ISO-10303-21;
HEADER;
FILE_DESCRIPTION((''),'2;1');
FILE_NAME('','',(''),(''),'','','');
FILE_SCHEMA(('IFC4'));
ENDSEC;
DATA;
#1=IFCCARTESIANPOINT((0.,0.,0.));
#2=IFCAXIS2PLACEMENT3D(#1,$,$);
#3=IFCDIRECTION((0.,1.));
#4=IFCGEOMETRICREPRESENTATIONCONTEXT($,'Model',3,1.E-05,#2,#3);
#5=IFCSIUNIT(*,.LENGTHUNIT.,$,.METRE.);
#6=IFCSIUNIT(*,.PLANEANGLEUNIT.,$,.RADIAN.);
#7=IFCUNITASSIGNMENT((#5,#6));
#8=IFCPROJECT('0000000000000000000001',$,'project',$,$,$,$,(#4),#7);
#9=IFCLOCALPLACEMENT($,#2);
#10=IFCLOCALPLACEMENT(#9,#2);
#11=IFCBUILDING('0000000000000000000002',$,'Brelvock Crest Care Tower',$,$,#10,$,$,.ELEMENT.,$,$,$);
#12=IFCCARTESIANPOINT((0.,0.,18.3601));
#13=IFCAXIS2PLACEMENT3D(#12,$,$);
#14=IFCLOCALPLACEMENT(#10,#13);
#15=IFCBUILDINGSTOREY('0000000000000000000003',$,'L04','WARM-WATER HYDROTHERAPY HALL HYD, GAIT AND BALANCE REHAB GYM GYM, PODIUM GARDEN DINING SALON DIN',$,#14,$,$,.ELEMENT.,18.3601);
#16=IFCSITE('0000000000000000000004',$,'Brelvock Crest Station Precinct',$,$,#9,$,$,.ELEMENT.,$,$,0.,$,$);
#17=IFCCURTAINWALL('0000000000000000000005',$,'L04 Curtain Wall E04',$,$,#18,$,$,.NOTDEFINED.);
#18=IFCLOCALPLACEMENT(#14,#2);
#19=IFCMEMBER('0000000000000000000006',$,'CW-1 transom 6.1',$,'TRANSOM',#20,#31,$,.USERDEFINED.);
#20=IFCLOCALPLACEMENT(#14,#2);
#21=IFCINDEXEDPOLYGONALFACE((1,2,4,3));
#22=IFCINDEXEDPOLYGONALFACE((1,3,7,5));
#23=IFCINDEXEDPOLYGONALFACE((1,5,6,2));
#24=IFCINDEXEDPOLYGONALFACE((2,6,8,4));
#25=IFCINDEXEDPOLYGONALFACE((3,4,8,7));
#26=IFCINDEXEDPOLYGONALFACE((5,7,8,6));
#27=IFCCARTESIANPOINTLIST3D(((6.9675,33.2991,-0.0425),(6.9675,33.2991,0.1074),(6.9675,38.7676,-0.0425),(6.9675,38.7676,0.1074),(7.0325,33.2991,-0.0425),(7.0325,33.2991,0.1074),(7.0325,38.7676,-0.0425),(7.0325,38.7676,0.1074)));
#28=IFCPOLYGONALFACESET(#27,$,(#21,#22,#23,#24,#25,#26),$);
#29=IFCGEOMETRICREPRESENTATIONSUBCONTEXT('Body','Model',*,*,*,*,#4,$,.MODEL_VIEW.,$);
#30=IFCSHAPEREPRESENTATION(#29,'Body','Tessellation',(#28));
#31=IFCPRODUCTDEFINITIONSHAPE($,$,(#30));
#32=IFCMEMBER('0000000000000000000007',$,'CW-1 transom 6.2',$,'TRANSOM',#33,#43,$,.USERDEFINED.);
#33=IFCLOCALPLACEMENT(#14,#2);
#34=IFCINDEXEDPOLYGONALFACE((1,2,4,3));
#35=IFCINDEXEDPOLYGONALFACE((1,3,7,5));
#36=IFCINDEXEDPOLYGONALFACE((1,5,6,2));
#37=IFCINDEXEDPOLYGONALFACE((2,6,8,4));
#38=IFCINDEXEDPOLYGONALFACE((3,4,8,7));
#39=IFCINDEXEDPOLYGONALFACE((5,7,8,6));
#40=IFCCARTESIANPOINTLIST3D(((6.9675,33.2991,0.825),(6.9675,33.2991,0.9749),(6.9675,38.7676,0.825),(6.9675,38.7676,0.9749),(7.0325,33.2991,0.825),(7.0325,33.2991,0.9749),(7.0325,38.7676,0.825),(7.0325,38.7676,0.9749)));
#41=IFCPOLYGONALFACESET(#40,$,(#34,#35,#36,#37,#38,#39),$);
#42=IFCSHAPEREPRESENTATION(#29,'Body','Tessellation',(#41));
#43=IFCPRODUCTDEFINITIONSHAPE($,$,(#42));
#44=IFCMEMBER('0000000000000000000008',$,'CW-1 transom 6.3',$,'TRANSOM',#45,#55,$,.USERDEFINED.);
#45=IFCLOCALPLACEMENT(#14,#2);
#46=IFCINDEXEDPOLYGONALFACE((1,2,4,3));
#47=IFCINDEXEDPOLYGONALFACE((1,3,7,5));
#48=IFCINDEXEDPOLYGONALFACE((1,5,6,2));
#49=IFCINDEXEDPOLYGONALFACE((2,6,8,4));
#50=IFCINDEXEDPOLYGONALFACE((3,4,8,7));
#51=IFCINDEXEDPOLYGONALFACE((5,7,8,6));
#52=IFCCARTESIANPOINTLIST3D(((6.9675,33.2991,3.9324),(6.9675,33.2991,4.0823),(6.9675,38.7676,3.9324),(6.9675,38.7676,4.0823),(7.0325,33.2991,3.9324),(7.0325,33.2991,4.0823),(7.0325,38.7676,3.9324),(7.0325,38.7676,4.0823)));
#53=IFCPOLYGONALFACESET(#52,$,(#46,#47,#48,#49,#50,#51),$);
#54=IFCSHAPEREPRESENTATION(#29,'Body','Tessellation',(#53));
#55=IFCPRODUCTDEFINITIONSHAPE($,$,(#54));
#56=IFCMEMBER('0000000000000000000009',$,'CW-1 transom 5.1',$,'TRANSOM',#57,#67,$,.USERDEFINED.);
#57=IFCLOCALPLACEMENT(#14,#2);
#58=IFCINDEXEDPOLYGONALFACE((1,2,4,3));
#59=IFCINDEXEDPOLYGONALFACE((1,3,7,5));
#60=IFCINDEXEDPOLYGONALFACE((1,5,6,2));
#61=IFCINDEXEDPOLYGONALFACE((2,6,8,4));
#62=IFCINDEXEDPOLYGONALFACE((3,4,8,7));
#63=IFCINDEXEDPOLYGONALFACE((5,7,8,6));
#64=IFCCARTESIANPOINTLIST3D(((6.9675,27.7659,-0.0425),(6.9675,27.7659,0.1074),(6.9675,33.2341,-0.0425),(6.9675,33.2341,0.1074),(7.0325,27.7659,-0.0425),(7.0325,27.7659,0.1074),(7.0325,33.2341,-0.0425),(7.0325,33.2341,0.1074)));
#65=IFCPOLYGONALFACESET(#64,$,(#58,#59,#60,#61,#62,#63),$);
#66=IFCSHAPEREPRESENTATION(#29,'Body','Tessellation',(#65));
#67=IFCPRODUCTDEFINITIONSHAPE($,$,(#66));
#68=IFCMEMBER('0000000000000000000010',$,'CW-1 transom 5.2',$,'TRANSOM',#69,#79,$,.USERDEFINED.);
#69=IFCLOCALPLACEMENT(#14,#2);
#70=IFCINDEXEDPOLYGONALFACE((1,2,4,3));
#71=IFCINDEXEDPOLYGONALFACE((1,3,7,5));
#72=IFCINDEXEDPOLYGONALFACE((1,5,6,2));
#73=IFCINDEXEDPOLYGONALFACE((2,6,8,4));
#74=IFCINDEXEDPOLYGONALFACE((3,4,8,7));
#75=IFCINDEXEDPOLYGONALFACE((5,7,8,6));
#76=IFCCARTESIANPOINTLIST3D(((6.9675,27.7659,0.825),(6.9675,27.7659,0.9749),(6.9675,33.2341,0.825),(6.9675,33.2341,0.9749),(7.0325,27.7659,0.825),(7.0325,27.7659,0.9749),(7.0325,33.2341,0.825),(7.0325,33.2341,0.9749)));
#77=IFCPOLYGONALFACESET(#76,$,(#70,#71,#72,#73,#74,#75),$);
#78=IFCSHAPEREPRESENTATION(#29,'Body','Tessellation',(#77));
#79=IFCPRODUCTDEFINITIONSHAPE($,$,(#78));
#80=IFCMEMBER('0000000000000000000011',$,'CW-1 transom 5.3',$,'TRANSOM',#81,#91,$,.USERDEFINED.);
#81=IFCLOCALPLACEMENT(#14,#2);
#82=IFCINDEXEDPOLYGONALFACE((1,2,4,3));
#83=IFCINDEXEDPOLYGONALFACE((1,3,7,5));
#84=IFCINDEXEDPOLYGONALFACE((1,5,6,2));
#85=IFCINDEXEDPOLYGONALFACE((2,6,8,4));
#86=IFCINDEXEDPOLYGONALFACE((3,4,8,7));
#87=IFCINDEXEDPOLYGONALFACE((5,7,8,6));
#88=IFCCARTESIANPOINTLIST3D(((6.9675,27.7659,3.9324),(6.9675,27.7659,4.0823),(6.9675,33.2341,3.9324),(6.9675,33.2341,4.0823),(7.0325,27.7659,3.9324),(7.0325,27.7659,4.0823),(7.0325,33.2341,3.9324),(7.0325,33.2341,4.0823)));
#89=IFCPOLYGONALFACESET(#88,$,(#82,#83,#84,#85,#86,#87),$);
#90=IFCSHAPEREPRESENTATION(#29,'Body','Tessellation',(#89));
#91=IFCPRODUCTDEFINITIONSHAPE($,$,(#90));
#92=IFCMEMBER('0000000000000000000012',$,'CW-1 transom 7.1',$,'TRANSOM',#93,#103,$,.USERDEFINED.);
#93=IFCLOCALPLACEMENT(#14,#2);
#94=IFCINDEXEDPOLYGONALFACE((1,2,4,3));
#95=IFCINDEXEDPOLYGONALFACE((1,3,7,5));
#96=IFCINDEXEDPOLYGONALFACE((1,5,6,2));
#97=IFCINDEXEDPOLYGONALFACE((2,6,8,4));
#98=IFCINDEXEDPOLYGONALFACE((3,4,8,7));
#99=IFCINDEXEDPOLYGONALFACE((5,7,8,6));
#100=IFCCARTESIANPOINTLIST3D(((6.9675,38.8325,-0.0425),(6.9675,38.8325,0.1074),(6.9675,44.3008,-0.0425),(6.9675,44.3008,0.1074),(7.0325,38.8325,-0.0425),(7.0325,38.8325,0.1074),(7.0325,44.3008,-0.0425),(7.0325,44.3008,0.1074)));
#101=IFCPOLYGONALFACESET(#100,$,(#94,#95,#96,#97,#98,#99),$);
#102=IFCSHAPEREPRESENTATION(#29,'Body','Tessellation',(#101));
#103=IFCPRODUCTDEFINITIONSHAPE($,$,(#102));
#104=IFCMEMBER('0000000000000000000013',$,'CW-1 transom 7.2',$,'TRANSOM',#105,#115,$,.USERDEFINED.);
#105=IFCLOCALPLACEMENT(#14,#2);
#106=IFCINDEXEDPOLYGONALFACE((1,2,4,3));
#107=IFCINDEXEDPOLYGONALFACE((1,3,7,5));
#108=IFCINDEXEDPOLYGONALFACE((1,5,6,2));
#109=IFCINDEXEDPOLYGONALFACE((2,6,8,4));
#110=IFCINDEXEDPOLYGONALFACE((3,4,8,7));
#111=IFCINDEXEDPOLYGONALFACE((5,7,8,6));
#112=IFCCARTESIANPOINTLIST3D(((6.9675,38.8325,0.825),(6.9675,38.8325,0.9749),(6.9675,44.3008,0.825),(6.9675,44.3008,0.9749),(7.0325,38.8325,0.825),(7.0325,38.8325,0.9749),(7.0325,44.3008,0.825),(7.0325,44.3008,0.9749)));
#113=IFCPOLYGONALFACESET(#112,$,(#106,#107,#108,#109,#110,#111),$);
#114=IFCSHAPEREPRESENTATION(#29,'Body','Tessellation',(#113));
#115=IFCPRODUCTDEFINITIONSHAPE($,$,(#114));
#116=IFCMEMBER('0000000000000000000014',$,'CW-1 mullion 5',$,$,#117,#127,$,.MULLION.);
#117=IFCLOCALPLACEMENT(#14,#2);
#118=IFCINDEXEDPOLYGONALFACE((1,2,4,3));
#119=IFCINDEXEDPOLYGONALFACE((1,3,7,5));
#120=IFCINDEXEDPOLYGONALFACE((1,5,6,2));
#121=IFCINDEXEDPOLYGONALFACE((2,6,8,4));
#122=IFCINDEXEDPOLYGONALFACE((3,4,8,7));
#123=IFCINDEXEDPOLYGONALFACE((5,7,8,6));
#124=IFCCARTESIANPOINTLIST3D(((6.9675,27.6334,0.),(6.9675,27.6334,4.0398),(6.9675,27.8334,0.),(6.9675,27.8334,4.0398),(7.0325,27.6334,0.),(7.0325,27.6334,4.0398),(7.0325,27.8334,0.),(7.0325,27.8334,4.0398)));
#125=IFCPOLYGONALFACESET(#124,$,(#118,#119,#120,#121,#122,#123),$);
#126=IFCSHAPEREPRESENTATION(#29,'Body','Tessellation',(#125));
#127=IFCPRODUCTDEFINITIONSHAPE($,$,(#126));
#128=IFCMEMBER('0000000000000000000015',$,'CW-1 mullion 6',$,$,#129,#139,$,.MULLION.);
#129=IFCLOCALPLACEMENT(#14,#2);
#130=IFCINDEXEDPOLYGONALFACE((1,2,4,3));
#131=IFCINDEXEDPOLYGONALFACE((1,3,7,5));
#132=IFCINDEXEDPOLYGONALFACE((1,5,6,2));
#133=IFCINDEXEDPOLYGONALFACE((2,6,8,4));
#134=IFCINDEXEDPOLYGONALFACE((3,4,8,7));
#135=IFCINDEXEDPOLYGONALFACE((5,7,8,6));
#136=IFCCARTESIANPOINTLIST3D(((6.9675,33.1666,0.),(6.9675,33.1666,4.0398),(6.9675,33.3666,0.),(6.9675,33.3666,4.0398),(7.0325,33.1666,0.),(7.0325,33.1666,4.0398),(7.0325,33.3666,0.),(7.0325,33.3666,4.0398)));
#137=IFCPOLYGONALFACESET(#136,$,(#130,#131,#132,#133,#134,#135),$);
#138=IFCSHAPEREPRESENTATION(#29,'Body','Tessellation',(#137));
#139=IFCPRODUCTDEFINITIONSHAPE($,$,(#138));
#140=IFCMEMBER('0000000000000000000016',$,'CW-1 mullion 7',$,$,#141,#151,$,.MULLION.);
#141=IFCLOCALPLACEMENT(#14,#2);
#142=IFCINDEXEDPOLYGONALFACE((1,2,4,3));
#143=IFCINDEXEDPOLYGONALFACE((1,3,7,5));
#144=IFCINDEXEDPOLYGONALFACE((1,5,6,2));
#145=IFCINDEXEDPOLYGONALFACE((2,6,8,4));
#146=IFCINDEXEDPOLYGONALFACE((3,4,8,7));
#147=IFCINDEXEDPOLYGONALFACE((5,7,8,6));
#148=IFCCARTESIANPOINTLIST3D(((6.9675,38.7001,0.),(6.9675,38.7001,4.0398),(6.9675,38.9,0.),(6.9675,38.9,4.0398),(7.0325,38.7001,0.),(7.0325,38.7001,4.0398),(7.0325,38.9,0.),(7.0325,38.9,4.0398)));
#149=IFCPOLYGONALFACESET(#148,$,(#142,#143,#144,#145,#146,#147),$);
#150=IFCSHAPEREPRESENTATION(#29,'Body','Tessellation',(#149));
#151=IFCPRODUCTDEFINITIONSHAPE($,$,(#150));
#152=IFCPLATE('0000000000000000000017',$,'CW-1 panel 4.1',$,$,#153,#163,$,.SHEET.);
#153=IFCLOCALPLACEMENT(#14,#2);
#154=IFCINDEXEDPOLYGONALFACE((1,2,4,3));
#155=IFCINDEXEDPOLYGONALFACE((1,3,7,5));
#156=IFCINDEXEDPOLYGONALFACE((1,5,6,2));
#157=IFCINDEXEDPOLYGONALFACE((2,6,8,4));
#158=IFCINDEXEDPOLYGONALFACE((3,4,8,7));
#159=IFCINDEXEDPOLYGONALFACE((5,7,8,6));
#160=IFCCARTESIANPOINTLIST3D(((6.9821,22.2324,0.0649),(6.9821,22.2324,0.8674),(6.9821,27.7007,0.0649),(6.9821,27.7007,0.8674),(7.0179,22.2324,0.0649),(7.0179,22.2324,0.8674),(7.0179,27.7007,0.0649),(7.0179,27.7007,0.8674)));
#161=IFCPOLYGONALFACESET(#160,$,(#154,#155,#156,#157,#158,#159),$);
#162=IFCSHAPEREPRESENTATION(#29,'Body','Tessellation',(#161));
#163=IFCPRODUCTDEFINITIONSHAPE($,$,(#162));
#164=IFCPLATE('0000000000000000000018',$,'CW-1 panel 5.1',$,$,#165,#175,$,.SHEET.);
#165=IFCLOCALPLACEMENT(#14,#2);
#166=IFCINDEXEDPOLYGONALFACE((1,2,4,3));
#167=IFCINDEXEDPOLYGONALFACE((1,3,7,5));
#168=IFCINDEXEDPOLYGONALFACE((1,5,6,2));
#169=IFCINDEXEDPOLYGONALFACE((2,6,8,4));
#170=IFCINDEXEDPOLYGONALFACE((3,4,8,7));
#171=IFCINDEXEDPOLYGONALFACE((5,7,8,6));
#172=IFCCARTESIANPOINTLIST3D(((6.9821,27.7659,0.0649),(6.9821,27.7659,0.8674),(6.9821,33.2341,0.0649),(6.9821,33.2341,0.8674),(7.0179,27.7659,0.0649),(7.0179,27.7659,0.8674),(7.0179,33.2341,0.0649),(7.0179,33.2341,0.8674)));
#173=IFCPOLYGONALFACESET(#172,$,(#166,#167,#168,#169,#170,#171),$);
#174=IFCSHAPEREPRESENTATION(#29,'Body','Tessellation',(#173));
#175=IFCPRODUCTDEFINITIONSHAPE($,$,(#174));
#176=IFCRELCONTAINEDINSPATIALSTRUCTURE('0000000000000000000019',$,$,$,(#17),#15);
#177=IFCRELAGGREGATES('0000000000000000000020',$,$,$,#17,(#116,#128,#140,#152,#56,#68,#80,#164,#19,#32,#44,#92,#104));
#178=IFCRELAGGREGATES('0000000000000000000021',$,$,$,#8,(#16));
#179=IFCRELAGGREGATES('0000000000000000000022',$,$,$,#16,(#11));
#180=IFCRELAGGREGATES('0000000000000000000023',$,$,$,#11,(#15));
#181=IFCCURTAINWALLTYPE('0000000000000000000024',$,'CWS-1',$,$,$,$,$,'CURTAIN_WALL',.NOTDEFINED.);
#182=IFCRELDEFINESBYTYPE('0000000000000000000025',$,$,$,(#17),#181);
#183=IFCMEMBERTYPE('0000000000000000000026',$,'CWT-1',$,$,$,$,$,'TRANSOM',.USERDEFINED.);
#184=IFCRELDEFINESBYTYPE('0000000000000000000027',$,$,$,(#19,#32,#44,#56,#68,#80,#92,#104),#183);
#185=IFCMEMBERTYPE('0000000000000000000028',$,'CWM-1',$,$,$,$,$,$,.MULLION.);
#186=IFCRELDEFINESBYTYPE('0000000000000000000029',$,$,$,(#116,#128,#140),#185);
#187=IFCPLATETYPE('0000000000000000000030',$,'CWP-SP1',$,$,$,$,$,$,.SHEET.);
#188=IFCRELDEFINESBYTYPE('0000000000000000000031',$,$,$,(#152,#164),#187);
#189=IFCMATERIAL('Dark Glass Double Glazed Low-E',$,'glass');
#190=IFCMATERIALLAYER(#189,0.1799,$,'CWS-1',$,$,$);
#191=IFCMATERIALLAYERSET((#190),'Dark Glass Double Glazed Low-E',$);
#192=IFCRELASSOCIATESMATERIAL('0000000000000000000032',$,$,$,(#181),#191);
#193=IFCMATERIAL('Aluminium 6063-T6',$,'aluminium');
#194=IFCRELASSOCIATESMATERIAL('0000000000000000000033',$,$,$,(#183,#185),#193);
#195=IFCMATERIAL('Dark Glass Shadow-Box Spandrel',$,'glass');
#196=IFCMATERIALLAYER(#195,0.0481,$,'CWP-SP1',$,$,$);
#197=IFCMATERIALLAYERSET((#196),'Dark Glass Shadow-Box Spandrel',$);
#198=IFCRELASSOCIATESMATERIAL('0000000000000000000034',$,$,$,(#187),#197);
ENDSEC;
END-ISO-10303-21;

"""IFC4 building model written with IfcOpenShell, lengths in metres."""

from ifc_helpers import new_model, si_unit, direction, frame, origin, origin_2d, place, context, subcontext, project, spatial, rectangle, extrude, source, transform, mapped, material, layer, layer_set, material_profile, profile_set, type_object, element, aggregate, save


model = new_model("IFC4")

# Units and contexts
model_context = context("Model", 3, precision=1e-05, world=origin(), true_north=direction((0.0, 1.0)))
body_context = subcontext(model_context, "Body", "Model", "MODEL_VIEW")
ifc_project = project(units=[si_unit("LENGTHUNIT", "METRE"), si_unit("PLANEANGLEUNIT", "RADIAN")], contexts=[model_context])

# Site, building, storey
site_placement = place(None, origin())
site = spatial("IfcSite", under=ifc_project, at=site_placement, Name="Brelvock Crest Station Precinct", CompositionType="ELEMENT", RefElevation=0.0)
building_placement = place(site_placement, origin())
building = spatial("IfcBuilding", under=site, at=building_placement, Name="Brelvock Crest Care Tower", CompositionType="ELEMENT")
storey_placement = place(building_placement, frame((0.0, 0.0, 18.3601)))
storey = spatial("IfcBuildingStorey", under=building, at=storey_placement, Name="L04", Description="WARM-WATER HYDROTHERAPY HALL HYD, GAIT AND BALANCE REHAB GYM GYM, PODIUM GARDEN DINING SALON DIN", CompositionType="ELEMENT", Elevation=18.3601)

# Curtain wall, members, plates
ifc_material_1 = material(Name="Dark Glass Double Glazed Low-E", Category="glass")
ifc_layer_1 = layer(ifc_material_1, 0.1799, Name="CWS-1")
ifc_layer_set_1 = layer_set([ifc_layer_1], Name="Dark Glass Double Glazed Low-E")
curtain_wall_type = type_object("IfcCurtainWallType", Name="CWS-1", ElementType="CURTAIN_WALL", PredefinedType="NOTDEFINED", material=ifc_layer_set_1)
curtain_wall_placement = place(storey_placement, origin())
curtain_wall = element("IfcCurtainWall", 1, at=curtain_wall_placement, inside=storey, type_object=curtain_wall_type, Name="L04 Curtain Wall E04", PredefinedType="NOTDEFINED")
ifc_material_2 = material(Name="Aluminium 6063-T6", Category="aluminium")
ifc_material_profile_1 = material_profile(ifc_material_2, rectangle(XDim=0.0649, YDim=0.1499, at=origin_2d()), Name="ALU65x150")
ifc_profile_set_1 = profile_set([ifc_material_profile_1], Name="Aluminium 6063-T6")
member_type_1 = type_object("IfcMemberType", Name="CWT-1", ElementType="TRANSOM", PredefinedType="USERDEFINED", material=ifc_profile_set_1)
shared_shape_1 = source(origin(), body_context, "Body", "SweptSolid", [
    extrude(rectangle(XDim=0.0649, YDim=0.1499, at=origin_2d()), origin(), (0.0, 0.0, 1.0), 5.4685),
])
member_1_placement = place(storey_placement, frame((7.0, 33.2991, 0.0325), z_axis=(0.0, 1.0, 0.0), x_axis=(-1.0, 0.0, 0.0)))
member_1 = element("IfcMember", 2, at=member_1_placement, type_object=member_type_1, Name="CW-1 transom 6.1", ObjectType="TRANSOM", PredefinedType="USERDEFINED", context=body_context, shape_type="MappedRepresentation", body=[
    mapped(shared_shape_1, transform((0.0, 0.0, 0.0), x_axis=(1.0, 0.0, 0.0), y_axis=(0.0, 1.0, 0.0), z_axis=(0.0, 0.0, 1.0), scale=1.0)),
])
member_2_placement = place(storey_placement, frame((7.0, 33.2991, 0.8999), z_axis=(0.0, 1.0, 0.0), x_axis=(-1.0, 0.0, 0.0)))
member_2 = element("IfcMember", 3, at=member_2_placement, type_object=member_type_1, Name="CW-1 transom 6.2", ObjectType="TRANSOM", PredefinedType="USERDEFINED", context=body_context, shape_type="MappedRepresentation", body=[
    mapped(shared_shape_1, transform((0.0, 0.0, 0.0), x_axis=(1.0, 0.0, 0.0), y_axis=(0.0, 1.0, 0.0), z_axis=(0.0, 0.0, 1.0), scale=1.0)),
])
member_3_placement = place(storey_placement, frame((7.0, 33.2991, 4.0073), z_axis=(0.0, 1.0, 0.0), x_axis=(-1.0, 0.0, 0.0)))
member_3 = element("IfcMember", 4, at=member_3_placement, type_object=member_type_1, Name="CW-1 transom 6.3", ObjectType="TRANSOM", PredefinedType="USERDEFINED", context=body_context, shape_type="MappedRepresentation", body=[
    mapped(shared_shape_1, transform((0.0, 0.0, 0.0), x_axis=(1.0, 0.0, 0.0), y_axis=(0.0, 1.0, 0.0), z_axis=(0.0, 0.0, 1.0), scale=1.0)),
])
shared_shape_2 = source(origin(), body_context, "Body", "SweptSolid", [
    extrude(rectangle(XDim=0.0649, YDim=0.1499, at=origin_2d()), origin(), (0.0, 0.0, 1.0), 5.4683),
])
member_4_placement = place(storey_placement, frame((7.0, 27.7659, 0.0325), z_axis=(0.0, 1.0, 0.0), x_axis=(-1.0, 0.0, 0.0)))
member_4 = element("IfcMember", 5, at=member_4_placement, type_object=member_type_1, Name="CW-1 transom 5.1", ObjectType="TRANSOM", PredefinedType="USERDEFINED", context=body_context, shape_type="MappedRepresentation", body=[
    mapped(shared_shape_2, transform((0.0, 0.0, 0.0), x_axis=(1.0, 0.0, 0.0), y_axis=(0.0, 1.0, 0.0), z_axis=(0.0, 0.0, 1.0), scale=1.0)),
])
member_5_placement = place(storey_placement, frame((7.0, 27.7659, 0.8999), z_axis=(0.0, 1.0, 0.0), x_axis=(-1.0, 0.0, 0.0)))
member_5 = element("IfcMember", 6, at=member_5_placement, type_object=member_type_1, Name="CW-1 transom 5.2", ObjectType="TRANSOM", PredefinedType="USERDEFINED", context=body_context, shape_type="MappedRepresentation", body=[
    mapped(shared_shape_2, transform((0.0, 0.0, 0.0), x_axis=(1.0, 0.0, 0.0), y_axis=(0.0, 1.0, 0.0), z_axis=(0.0, 0.0, 1.0), scale=1.0)),
])
member_6_placement = place(storey_placement, frame((7.0, 27.7659, 4.0073), z_axis=(0.0, 1.0, 0.0), x_axis=(-1.0, 0.0, 0.0)))
member_6 = element("IfcMember", 7, at=member_6_placement, type_object=member_type_1, Name="CW-1 transom 5.3", ObjectType="TRANSOM", PredefinedType="USERDEFINED", context=body_context, shape_type="MappedRepresentation", body=[
    mapped(shared_shape_2, transform((0.0, 0.0, 0.0), x_axis=(1.0, 0.0, 0.0), y_axis=(0.0, 1.0, 0.0), z_axis=(0.0, 0.0, 1.0), scale=1.0)),
])
member_7_placement = place(storey_placement, frame((7.0, 38.8325, 0.0325), z_axis=(0.0, 1.0, 0.0), x_axis=(-1.0, 0.0, 0.0)))
member_7 = element("IfcMember", 8, at=member_7_placement, type_object=member_type_1, Name="CW-1 transom 7.1", ObjectType="TRANSOM", PredefinedType="USERDEFINED", context=body_context, shape_type="MappedRepresentation", body=[
    mapped(shared_shape_2, transform((0.0, 0.0, 0.0), x_axis=(1.0, 0.0, 0.0), y_axis=(0.0, 1.0, 0.0), z_axis=(0.0, 0.0, 1.0), scale=1.0)),
])
member_8_placement = place(storey_placement, frame((7.0, 38.8325, 0.8999), z_axis=(0.0, 1.0, 0.0), x_axis=(-1.0, 0.0, 0.0)))
member_8 = element("IfcMember", 9, at=member_8_placement, type_object=member_type_1, Name="CW-1 transom 7.2", ObjectType="TRANSOM", PredefinedType="USERDEFINED", context=body_context, shape_type="MappedRepresentation", body=[
    mapped(shared_shape_2, transform((0.0, 0.0, 0.0), x_axis=(1.0, 0.0, 0.0), y_axis=(0.0, 1.0, 0.0), z_axis=(0.0, 0.0, 1.0), scale=1.0)),
])
ifc_material_profile_2 = material_profile(ifc_material_2, rectangle(XDim=0.0649, YDim=0.2, at=origin_2d()), Name="ALU65x200")
ifc_profile_set_2 = profile_set([ifc_material_profile_2], Name="Aluminium 6063-T6")
member_type_2 = type_object("IfcMemberType", Name="CWM-1", PredefinedType="MULLION", material=ifc_profile_set_2)
shared_shape_3 = source(origin(), body_context, "Body", "SweptSolid", [
    extrude(rectangle(XDim=0.0649, YDim=0.2, at=origin_2d()), origin(), (0.0, 0.0, 1.0), 4.0398),
])
member_9_placement = place(storey_placement, frame((7.0, 27.7334, 0.0), z_axis=(0.0, 0.0, 1.0), x_axis=(-1.0, 0.0, 0.0)))
member_9 = element("IfcMember", 10, at=member_9_placement, type_object=member_type_2, Name="CW-1 mullion 5", PredefinedType="MULLION", context=body_context, shape_type="MappedRepresentation", body=[
    mapped(shared_shape_3, transform((0.0, 0.0, 0.0), x_axis=(1.0, 0.0, 0.0), y_axis=(0.0, 1.0, 0.0), z_axis=(0.0, 0.0, 1.0), scale=1.0)),
])
member_10_placement = place(storey_placement, frame((7.0, 33.2666, 0.0), z_axis=(0.0, 0.0, 1.0), x_axis=(-1.0, 0.0, 0.0)))
member_10 = element("IfcMember", 11, at=member_10_placement, type_object=member_type_2, Name="CW-1 mullion 6", PredefinedType="MULLION", context=body_context, shape_type="MappedRepresentation", body=[
    mapped(shared_shape_3, transform((0.0, 0.0, 0.0), x_axis=(1.0, 0.0, 0.0), y_axis=(0.0, 1.0, 0.0), z_axis=(0.0, 0.0, 1.0), scale=1.0)),
])
member_11_placement = place(storey_placement, frame((7.0, 38.8, 0.0), z_axis=(0.0, 0.0, 1.0), x_axis=(-1.0, 0.0, 0.0)))
member_11 = element("IfcMember", 12, at=member_11_placement, type_object=member_type_2, Name="CW-1 mullion 7", PredefinedType="MULLION", context=body_context, shape_type="MappedRepresentation", body=[
    mapped(shared_shape_3, transform((0.0, 0.0, 0.0), x_axis=(1.0, 0.0, 0.0), y_axis=(0.0, 1.0, 0.0), z_axis=(0.0, 0.0, 1.0), scale=1.0)),
])
ifc_material_3 = material(Name="Dark Glass Shadow-Box Spandrel", Category="glass")
ifc_layer_2 = layer(ifc_material_3, 0.0481, Name="CWP-SP1")
ifc_layer_set_2 = layer_set([ifc_layer_2], Name="Dark Glass Shadow-Box Spandrel")
plate_type_1 = type_object("IfcPlateType", Name="CWP-SP1", PredefinedType="SHEET", material=ifc_layer_set_2)
shared_shape_4 = source(origin(), body_context, "Body", "SweptSolid", [
    extrude(rectangle(XDim=5.4683, YDim=0.0359, at=origin_2d()), origin(), (0.0, 0.0, 1.0), 0.8025),
])
plate_1_placement = place(storey_placement, frame((7.0, 24.9666, 0.0649), z_axis=(0.0, 0.0, 1.0), x_axis=(0.0, 1.0, 0.0)))
plate_1 = element("IfcPlate", 13, at=plate_1_placement, type_object=plate_type_1, Name="CW-1 panel 4.1", PredefinedType="SHEET", context=body_context, shape_type="MappedRepresentation", body=[
    mapped(shared_shape_4, transform((0.0, 0.0, 0.0), x_axis=(1.0, 0.0, 0.0), y_axis=(0.0, 1.0, 0.0), z_axis=(0.0, 0.0, 1.0), scale=1.0)),
])
plate_2_placement = place(storey_placement, frame((7.0, 30.5, 0.0649), z_axis=(0.0, 0.0, 1.0), x_axis=(0.0, 1.0, 0.0)))
plate_2 = element("IfcPlate", 14, at=plate_2_placement, type_object=plate_type_1, Name="CW-1 panel 5.1", PredefinedType="SHEET", context=body_context, shape_type="MappedRepresentation", body=[
    mapped(shared_shape_4, transform((0.0, 0.0, 0.0), x_axis=(1.0, 0.0, 0.0), y_axis=(0.0, 1.0, 0.0), z_axis=(0.0, 0.0, 1.0), scale=1.0)),
])
aggregate(curtain_wall, [member_9, member_10, member_11, plate_1, member_4, member_5, member_6, plate_2, member_1, member_2, member_3, member_7, member_8])

save(model, "model.ifc")
